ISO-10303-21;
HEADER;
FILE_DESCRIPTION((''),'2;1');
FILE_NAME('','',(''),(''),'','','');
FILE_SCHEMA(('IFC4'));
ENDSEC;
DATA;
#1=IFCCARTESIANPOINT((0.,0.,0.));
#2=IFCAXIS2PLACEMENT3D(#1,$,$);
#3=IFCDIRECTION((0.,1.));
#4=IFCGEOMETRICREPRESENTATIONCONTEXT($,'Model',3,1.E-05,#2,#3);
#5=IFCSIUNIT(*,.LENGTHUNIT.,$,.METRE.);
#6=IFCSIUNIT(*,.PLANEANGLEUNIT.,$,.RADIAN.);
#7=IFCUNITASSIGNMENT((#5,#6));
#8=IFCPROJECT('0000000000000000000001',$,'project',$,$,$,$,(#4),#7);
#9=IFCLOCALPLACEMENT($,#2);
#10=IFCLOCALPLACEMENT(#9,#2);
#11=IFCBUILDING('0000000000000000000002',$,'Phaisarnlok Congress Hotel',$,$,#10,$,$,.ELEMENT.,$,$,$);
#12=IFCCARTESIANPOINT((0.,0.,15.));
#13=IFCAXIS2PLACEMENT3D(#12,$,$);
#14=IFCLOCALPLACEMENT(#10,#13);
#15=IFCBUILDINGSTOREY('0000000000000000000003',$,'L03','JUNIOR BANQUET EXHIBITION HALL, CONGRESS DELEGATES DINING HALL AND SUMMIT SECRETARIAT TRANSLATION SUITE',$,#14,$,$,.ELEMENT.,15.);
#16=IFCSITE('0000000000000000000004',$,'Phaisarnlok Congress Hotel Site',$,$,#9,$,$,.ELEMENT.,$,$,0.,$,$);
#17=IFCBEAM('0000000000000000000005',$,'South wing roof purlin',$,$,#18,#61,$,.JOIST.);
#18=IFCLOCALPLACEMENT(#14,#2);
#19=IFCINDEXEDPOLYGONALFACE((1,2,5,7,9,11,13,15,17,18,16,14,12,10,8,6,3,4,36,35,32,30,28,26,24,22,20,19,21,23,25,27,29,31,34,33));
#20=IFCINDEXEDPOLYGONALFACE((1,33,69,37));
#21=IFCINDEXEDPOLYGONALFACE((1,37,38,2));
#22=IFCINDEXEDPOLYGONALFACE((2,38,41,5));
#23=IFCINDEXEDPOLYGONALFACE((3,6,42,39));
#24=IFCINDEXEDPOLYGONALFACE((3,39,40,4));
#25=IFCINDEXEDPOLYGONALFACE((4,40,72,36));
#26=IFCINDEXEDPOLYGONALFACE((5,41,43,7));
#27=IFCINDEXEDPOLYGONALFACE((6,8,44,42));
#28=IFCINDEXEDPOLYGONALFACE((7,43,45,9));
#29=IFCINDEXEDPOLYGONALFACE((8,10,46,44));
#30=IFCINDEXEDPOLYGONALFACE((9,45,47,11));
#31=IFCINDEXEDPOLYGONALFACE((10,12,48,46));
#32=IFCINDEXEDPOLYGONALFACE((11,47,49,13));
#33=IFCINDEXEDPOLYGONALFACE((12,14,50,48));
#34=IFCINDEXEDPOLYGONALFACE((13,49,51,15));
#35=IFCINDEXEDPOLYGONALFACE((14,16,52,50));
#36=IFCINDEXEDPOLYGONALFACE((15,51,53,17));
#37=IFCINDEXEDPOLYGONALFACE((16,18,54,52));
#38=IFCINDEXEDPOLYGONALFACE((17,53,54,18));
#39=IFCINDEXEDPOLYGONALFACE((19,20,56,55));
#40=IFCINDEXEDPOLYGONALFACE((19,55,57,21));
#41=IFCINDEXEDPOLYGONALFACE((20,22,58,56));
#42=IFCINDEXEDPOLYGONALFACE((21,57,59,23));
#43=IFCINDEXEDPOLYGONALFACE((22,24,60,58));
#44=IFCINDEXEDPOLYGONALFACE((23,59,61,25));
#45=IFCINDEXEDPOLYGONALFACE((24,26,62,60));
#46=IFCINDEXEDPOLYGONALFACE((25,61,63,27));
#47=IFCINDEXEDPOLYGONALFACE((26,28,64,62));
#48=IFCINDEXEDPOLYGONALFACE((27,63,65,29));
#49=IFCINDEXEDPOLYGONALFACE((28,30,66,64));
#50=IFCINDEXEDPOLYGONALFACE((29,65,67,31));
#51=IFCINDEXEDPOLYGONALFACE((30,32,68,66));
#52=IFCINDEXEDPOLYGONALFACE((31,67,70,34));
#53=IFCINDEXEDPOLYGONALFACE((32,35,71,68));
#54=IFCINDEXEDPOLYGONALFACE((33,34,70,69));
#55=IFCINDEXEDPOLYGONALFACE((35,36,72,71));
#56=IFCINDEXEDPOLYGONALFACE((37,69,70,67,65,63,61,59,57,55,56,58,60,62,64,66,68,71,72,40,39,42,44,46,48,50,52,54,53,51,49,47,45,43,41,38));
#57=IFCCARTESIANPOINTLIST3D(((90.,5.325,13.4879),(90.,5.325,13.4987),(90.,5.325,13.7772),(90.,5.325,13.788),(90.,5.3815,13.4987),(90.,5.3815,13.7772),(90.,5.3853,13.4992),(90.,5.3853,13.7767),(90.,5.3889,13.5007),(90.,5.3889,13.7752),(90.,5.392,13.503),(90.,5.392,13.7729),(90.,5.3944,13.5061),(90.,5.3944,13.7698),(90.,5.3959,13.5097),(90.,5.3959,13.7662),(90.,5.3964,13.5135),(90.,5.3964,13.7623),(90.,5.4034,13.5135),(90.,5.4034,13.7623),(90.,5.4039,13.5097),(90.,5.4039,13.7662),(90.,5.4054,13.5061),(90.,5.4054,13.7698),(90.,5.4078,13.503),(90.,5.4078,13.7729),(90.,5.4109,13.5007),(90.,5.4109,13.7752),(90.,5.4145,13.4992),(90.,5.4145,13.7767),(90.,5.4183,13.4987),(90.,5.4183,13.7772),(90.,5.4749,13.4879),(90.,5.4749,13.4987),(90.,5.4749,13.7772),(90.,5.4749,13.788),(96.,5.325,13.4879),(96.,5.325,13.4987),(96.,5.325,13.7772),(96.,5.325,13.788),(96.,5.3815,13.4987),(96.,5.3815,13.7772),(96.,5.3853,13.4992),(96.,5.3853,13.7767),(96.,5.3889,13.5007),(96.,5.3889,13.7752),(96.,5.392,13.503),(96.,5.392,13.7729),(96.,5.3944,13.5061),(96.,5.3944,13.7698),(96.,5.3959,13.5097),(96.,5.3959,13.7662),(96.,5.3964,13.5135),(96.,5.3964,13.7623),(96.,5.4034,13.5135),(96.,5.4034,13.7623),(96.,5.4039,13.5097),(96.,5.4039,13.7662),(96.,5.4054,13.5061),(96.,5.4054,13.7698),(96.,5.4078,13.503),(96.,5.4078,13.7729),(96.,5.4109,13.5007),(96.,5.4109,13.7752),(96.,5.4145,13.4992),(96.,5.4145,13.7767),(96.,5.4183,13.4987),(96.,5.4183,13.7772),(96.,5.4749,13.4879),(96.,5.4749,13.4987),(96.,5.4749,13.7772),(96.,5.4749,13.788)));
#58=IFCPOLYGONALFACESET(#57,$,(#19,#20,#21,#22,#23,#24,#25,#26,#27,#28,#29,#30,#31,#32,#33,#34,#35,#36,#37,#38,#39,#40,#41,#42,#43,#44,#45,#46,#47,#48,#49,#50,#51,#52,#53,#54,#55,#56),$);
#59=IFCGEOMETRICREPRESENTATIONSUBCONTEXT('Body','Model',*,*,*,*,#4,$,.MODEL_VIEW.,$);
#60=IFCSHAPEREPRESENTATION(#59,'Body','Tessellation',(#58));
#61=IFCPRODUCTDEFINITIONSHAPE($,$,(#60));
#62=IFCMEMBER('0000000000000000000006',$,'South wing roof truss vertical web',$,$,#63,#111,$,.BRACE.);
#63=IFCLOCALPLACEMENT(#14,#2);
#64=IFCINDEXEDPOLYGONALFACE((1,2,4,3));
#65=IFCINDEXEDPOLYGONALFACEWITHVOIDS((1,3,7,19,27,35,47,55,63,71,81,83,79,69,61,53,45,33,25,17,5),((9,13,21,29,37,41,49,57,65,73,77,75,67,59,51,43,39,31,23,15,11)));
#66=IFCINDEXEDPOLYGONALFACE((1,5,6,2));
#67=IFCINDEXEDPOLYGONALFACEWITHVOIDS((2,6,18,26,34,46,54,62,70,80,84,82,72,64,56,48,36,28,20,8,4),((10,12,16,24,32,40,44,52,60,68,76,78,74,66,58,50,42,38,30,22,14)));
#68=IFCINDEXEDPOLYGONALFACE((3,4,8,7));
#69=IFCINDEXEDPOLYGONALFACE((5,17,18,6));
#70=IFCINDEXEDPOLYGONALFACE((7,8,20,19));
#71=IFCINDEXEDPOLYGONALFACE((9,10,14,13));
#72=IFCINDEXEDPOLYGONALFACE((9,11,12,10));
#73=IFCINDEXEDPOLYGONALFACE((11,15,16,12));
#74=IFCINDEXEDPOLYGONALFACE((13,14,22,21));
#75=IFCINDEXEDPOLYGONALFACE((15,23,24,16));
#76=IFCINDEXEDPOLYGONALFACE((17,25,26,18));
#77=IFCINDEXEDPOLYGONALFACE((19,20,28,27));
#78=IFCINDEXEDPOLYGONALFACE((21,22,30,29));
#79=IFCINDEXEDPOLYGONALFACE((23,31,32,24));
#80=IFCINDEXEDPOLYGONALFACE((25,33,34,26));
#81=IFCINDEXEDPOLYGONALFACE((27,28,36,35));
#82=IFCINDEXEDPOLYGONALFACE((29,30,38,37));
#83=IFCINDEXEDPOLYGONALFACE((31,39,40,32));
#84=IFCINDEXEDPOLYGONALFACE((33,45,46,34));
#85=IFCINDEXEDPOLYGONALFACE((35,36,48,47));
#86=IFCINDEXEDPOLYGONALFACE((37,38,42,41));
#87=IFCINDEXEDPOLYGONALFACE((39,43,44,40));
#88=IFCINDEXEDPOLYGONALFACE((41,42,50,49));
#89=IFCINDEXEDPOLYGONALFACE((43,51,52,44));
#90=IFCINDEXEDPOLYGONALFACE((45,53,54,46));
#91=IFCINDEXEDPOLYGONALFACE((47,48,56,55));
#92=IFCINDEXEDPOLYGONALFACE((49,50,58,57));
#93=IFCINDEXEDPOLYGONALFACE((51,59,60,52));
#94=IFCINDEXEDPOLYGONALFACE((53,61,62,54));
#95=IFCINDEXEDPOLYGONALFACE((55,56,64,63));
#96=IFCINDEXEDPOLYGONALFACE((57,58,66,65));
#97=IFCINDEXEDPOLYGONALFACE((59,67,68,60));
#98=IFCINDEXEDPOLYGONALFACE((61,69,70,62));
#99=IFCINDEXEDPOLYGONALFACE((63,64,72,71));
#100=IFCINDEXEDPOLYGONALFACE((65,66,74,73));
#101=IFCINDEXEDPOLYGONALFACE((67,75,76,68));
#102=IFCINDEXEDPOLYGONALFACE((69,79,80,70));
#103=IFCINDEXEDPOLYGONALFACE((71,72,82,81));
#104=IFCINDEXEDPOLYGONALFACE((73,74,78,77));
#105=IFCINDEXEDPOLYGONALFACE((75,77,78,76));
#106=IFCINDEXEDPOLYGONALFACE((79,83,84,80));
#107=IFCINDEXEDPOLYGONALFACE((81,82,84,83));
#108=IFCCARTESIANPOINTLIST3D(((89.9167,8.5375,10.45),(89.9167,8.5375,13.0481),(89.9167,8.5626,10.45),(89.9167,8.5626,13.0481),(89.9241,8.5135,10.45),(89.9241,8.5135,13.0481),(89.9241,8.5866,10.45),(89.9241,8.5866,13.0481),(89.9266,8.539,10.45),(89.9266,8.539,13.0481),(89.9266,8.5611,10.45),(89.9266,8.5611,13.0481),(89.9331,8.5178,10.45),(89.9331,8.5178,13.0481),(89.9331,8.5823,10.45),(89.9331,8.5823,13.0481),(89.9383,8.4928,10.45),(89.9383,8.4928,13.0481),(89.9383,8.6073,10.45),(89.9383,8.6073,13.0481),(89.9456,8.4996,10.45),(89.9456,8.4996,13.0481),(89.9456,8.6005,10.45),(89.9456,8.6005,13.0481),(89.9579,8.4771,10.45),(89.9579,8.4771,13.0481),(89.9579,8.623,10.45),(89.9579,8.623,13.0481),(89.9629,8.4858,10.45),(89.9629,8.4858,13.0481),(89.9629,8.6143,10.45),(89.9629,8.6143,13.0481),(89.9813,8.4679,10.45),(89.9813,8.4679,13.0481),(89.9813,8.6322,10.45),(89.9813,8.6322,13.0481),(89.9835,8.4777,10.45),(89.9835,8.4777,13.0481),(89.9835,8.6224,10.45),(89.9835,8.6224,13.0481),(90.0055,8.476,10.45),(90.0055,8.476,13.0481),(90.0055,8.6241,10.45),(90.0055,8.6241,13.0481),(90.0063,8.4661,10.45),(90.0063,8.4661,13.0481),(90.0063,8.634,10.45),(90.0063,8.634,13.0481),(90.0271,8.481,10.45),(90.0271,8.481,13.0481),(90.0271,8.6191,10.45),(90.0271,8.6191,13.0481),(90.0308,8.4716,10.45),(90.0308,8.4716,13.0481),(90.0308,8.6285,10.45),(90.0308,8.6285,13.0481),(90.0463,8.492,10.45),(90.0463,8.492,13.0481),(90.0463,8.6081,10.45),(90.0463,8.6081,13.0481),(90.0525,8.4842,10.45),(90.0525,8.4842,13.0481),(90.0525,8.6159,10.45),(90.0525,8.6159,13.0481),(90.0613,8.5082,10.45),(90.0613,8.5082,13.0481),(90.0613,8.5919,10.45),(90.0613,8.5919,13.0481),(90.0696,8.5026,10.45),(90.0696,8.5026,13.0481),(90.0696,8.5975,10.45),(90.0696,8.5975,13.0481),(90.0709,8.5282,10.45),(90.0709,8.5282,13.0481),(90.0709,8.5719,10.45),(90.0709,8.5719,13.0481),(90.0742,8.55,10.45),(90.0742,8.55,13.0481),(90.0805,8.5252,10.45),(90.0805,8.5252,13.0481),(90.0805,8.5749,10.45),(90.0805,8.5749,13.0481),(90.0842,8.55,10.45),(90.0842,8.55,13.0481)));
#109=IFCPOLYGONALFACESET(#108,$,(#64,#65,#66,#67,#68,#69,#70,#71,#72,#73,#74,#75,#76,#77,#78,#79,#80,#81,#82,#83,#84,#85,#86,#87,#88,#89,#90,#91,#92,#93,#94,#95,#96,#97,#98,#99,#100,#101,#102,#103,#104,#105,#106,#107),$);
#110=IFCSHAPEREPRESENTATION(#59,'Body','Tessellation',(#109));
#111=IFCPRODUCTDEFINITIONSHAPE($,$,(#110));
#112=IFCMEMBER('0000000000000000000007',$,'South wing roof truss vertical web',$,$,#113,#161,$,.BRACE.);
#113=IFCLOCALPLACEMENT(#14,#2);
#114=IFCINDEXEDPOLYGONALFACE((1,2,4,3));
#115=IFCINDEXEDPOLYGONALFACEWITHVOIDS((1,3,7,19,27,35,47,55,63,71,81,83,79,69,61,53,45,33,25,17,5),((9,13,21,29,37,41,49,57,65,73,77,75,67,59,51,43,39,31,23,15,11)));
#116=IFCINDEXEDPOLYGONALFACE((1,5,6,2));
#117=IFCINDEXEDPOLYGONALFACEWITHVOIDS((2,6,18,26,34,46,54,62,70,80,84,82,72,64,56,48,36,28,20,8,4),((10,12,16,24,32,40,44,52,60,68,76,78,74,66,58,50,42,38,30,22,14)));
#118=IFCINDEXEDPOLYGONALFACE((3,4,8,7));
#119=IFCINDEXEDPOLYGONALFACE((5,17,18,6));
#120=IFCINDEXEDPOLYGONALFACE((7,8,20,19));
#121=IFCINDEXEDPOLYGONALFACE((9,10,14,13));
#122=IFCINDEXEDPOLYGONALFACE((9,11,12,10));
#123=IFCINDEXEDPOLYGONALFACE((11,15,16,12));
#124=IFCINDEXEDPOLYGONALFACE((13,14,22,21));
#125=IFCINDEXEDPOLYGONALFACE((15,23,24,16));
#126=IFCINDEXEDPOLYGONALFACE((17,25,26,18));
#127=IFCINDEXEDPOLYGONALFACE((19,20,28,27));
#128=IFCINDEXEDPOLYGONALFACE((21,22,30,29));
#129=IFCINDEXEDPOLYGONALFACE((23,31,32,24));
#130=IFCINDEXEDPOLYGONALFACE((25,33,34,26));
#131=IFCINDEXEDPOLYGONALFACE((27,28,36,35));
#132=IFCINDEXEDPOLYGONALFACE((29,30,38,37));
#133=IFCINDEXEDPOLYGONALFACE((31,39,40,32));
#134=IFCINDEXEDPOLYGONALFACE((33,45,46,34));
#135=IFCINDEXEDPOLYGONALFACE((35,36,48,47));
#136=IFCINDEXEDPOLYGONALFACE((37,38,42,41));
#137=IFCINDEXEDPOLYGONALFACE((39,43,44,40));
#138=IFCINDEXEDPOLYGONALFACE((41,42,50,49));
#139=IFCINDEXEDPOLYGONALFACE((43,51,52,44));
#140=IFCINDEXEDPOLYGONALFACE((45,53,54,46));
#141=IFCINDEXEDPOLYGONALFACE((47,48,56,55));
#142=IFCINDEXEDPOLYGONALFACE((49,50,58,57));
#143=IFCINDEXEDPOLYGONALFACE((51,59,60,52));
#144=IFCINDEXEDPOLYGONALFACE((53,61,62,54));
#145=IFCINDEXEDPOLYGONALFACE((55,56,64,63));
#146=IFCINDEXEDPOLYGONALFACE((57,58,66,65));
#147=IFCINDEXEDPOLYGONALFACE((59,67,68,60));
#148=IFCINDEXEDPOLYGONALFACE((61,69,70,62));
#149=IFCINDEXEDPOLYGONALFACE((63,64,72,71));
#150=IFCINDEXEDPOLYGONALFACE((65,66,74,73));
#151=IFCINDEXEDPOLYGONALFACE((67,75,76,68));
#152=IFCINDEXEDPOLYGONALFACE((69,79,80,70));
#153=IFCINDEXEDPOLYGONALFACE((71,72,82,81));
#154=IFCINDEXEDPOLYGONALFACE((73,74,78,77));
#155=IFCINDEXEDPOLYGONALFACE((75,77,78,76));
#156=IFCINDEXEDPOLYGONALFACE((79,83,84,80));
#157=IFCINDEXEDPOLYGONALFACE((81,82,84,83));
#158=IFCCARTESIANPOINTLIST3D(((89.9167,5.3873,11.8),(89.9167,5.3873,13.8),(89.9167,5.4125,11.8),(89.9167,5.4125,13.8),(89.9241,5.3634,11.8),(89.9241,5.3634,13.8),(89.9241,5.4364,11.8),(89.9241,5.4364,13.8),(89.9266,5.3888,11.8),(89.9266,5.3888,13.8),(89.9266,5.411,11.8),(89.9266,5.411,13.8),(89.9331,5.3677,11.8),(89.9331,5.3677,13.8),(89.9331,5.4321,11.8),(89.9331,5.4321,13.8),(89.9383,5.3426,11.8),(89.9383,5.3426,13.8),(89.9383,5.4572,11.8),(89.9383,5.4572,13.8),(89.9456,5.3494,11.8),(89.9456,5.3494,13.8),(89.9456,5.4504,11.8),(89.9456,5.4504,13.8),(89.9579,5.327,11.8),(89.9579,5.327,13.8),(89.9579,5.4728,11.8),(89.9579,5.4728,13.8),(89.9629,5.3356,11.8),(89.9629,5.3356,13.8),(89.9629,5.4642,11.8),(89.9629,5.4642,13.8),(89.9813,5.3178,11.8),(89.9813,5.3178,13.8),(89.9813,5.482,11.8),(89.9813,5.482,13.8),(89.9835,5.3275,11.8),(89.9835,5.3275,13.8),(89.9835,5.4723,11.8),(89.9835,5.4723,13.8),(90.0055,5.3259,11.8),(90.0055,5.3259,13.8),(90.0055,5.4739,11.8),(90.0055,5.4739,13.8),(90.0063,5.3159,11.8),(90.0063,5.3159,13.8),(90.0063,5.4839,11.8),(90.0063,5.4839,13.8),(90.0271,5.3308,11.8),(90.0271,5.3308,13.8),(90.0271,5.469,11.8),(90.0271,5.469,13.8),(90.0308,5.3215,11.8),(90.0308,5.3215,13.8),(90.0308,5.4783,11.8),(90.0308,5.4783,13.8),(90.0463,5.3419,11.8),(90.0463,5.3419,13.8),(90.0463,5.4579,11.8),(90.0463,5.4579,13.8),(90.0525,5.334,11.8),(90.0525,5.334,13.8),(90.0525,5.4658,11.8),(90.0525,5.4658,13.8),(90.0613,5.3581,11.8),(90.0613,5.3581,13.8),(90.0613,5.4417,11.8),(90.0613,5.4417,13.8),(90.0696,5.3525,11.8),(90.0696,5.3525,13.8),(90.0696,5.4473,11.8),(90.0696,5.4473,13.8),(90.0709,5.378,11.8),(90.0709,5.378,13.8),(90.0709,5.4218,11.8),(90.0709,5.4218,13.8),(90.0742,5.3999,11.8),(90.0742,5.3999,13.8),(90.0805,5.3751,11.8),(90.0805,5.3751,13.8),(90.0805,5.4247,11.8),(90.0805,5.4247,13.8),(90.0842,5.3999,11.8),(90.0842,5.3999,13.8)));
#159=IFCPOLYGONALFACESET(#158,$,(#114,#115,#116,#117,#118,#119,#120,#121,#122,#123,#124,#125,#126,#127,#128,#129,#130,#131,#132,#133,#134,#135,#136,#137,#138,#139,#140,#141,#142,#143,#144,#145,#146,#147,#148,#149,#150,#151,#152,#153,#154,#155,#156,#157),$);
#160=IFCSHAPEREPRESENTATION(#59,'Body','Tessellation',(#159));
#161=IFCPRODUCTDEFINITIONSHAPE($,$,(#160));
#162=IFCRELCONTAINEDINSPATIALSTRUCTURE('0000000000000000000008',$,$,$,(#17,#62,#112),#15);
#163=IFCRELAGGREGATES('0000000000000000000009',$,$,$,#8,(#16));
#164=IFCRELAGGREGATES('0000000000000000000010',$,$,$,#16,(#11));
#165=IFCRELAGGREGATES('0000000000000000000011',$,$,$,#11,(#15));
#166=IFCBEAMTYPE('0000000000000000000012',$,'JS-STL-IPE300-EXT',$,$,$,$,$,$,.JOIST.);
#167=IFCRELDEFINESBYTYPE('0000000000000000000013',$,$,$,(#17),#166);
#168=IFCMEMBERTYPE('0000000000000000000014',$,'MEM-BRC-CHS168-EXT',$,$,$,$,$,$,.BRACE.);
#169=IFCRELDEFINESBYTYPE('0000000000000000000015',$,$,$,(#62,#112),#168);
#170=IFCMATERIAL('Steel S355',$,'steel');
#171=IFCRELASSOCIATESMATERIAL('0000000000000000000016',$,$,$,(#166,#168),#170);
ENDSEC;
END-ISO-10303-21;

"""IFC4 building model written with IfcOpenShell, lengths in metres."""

from ifc_helpers import new_model, si_unit, direction, frame, origin, origin_2d, place, context, subcontext, project, spatial, hollow_circle, i_section, extrude, material, material_profile, profile_set, type_object, element, save


model = new_model("IFC4")

# Units and contexts
model_context = context("Model", 3, precision=1e-05, world=origin(), true_north=direction((0.0, 1.0)))
body_context = subcontext(model_context, "Body", "Model", "MODEL_VIEW")
ifc_project = project(units=[si_unit("LENGTHUNIT", "METRE"), si_unit("PLANEANGLEUNIT", "RADIAN")], contexts=[model_context])

# Site, building, storey
site_placement = place(None, origin())
site = spatial("IfcSite", under=ifc_project, at=site_placement, Name="Phaisarnlok Congress Hotel Site", CompositionType="ELEMENT", RefElevation=0.0)
building_placement = place(site_placement, origin())
building = spatial("IfcBuilding", under=site, at=building_placement, Name="Phaisarnlok Congress Hotel", CompositionType="ELEMENT")
storey_placement = place(building_placement, frame((0.0, 0.0, 15.0)))
storey = spatial("IfcBuildingStorey", under=building, at=storey_placement, Name="L03", Description="JUNIOR BANQUET EXHIBITION HALL, CONGRESS DELEGATES DINING HALL AND SUMMIT SECRETARIAT TRANSLATION SUITE", CompositionType="ELEMENT", Elevation=15.0)

# Beam
ifc_material = material(Name="Steel S355", Category="steel")
ifc_material_profile_1 = material_profile(ifc_material, i_section(OverallWidth=0.1499, OverallDepth=0.3, WebThickness=0.0071, FlangeThickness=0.0107, FilletRadius=0.0149, at=origin_2d()), Name="IPE 300")
ifc_profile_set_1 = profile_set([ifc_material_profile_1], Name="Steel S355")
beam_type = type_object("IfcBeamType", Name="JS-STL-IPE300-EXT", PredefinedType="JOIST", material=ifc_profile_set_1)
beam_placement = place(storey_placement, frame((90.0, 5.3999, 13.6379), z_axis=(1.0, 0.0, 0.0), x_axis=(0.0, 1.0, 0.0)))
element("IfcBeam", 1, at=beam_placement, inside=storey, type_object=beam_type, Name="South wing roof purlin", PredefinedType="JOIST", context=body_context, shape_type="SweptSolid", body=[
    extrude(i_section(OverallWidth=0.1499, OverallDepth=0.3, WebThickness=0.0071, FlangeThickness=0.0107, FilletRadius=0.0149, at=origin_2d()), origin(), (0.0, 0.0, 1.0), 6.0),
])

# Members
ifc_material_profile_2 = material_profile(ifc_material, hollow_circle(Radius=0.0842, WallThickness=0.01, at=origin_2d()), Name="CHS 168.3x10")
ifc_profile_set_2 = profile_set([ifc_material_profile_2], Name="Steel S355")
member_type_1 = type_object("IfcMemberType", Name="MEM-BRC-CHS168-EXT", PredefinedType="BRACE", material=ifc_profile_set_2)
member_1_placement = place(storey_placement, frame((90.0, 8.55, 10.45), z_axis=(0.0, 0.0, 1.0), x_axis=(1.0, 0.0, 0.0)))
element("IfcMember", 2, at=member_1_placement, inside=storey, type_object=member_type_1, Name="South wing roof truss vertical web", PredefinedType="BRACE", context=body_context, shape_type="SweptSolid", body=[
    extrude(hollow_circle(Radius=0.0842, WallThickness=0.01, at=origin_2d()), origin(), (0.0, 0.0, 1.0), 2.5981),
])
member_2_placement = place(storey_placement, frame((90.0, 5.3999, 11.8), z_axis=(0.0, 0.0, 1.0), x_axis=(1.0, 0.0, 0.0)))
element("IfcMember", 3, at=member_2_placement, inside=storey, type_object=member_type_1, Name="South wing roof truss vertical web", PredefinedType="BRACE", context=body_context, shape_type="SweptSolid", body=[
    extrude(hollow_circle(Radius=0.0842, WallThickness=0.01, at=origin_2d()), origin(), (0.0, 0.0, 1.0), 2.0),
])

save(model, "model.ifc")
